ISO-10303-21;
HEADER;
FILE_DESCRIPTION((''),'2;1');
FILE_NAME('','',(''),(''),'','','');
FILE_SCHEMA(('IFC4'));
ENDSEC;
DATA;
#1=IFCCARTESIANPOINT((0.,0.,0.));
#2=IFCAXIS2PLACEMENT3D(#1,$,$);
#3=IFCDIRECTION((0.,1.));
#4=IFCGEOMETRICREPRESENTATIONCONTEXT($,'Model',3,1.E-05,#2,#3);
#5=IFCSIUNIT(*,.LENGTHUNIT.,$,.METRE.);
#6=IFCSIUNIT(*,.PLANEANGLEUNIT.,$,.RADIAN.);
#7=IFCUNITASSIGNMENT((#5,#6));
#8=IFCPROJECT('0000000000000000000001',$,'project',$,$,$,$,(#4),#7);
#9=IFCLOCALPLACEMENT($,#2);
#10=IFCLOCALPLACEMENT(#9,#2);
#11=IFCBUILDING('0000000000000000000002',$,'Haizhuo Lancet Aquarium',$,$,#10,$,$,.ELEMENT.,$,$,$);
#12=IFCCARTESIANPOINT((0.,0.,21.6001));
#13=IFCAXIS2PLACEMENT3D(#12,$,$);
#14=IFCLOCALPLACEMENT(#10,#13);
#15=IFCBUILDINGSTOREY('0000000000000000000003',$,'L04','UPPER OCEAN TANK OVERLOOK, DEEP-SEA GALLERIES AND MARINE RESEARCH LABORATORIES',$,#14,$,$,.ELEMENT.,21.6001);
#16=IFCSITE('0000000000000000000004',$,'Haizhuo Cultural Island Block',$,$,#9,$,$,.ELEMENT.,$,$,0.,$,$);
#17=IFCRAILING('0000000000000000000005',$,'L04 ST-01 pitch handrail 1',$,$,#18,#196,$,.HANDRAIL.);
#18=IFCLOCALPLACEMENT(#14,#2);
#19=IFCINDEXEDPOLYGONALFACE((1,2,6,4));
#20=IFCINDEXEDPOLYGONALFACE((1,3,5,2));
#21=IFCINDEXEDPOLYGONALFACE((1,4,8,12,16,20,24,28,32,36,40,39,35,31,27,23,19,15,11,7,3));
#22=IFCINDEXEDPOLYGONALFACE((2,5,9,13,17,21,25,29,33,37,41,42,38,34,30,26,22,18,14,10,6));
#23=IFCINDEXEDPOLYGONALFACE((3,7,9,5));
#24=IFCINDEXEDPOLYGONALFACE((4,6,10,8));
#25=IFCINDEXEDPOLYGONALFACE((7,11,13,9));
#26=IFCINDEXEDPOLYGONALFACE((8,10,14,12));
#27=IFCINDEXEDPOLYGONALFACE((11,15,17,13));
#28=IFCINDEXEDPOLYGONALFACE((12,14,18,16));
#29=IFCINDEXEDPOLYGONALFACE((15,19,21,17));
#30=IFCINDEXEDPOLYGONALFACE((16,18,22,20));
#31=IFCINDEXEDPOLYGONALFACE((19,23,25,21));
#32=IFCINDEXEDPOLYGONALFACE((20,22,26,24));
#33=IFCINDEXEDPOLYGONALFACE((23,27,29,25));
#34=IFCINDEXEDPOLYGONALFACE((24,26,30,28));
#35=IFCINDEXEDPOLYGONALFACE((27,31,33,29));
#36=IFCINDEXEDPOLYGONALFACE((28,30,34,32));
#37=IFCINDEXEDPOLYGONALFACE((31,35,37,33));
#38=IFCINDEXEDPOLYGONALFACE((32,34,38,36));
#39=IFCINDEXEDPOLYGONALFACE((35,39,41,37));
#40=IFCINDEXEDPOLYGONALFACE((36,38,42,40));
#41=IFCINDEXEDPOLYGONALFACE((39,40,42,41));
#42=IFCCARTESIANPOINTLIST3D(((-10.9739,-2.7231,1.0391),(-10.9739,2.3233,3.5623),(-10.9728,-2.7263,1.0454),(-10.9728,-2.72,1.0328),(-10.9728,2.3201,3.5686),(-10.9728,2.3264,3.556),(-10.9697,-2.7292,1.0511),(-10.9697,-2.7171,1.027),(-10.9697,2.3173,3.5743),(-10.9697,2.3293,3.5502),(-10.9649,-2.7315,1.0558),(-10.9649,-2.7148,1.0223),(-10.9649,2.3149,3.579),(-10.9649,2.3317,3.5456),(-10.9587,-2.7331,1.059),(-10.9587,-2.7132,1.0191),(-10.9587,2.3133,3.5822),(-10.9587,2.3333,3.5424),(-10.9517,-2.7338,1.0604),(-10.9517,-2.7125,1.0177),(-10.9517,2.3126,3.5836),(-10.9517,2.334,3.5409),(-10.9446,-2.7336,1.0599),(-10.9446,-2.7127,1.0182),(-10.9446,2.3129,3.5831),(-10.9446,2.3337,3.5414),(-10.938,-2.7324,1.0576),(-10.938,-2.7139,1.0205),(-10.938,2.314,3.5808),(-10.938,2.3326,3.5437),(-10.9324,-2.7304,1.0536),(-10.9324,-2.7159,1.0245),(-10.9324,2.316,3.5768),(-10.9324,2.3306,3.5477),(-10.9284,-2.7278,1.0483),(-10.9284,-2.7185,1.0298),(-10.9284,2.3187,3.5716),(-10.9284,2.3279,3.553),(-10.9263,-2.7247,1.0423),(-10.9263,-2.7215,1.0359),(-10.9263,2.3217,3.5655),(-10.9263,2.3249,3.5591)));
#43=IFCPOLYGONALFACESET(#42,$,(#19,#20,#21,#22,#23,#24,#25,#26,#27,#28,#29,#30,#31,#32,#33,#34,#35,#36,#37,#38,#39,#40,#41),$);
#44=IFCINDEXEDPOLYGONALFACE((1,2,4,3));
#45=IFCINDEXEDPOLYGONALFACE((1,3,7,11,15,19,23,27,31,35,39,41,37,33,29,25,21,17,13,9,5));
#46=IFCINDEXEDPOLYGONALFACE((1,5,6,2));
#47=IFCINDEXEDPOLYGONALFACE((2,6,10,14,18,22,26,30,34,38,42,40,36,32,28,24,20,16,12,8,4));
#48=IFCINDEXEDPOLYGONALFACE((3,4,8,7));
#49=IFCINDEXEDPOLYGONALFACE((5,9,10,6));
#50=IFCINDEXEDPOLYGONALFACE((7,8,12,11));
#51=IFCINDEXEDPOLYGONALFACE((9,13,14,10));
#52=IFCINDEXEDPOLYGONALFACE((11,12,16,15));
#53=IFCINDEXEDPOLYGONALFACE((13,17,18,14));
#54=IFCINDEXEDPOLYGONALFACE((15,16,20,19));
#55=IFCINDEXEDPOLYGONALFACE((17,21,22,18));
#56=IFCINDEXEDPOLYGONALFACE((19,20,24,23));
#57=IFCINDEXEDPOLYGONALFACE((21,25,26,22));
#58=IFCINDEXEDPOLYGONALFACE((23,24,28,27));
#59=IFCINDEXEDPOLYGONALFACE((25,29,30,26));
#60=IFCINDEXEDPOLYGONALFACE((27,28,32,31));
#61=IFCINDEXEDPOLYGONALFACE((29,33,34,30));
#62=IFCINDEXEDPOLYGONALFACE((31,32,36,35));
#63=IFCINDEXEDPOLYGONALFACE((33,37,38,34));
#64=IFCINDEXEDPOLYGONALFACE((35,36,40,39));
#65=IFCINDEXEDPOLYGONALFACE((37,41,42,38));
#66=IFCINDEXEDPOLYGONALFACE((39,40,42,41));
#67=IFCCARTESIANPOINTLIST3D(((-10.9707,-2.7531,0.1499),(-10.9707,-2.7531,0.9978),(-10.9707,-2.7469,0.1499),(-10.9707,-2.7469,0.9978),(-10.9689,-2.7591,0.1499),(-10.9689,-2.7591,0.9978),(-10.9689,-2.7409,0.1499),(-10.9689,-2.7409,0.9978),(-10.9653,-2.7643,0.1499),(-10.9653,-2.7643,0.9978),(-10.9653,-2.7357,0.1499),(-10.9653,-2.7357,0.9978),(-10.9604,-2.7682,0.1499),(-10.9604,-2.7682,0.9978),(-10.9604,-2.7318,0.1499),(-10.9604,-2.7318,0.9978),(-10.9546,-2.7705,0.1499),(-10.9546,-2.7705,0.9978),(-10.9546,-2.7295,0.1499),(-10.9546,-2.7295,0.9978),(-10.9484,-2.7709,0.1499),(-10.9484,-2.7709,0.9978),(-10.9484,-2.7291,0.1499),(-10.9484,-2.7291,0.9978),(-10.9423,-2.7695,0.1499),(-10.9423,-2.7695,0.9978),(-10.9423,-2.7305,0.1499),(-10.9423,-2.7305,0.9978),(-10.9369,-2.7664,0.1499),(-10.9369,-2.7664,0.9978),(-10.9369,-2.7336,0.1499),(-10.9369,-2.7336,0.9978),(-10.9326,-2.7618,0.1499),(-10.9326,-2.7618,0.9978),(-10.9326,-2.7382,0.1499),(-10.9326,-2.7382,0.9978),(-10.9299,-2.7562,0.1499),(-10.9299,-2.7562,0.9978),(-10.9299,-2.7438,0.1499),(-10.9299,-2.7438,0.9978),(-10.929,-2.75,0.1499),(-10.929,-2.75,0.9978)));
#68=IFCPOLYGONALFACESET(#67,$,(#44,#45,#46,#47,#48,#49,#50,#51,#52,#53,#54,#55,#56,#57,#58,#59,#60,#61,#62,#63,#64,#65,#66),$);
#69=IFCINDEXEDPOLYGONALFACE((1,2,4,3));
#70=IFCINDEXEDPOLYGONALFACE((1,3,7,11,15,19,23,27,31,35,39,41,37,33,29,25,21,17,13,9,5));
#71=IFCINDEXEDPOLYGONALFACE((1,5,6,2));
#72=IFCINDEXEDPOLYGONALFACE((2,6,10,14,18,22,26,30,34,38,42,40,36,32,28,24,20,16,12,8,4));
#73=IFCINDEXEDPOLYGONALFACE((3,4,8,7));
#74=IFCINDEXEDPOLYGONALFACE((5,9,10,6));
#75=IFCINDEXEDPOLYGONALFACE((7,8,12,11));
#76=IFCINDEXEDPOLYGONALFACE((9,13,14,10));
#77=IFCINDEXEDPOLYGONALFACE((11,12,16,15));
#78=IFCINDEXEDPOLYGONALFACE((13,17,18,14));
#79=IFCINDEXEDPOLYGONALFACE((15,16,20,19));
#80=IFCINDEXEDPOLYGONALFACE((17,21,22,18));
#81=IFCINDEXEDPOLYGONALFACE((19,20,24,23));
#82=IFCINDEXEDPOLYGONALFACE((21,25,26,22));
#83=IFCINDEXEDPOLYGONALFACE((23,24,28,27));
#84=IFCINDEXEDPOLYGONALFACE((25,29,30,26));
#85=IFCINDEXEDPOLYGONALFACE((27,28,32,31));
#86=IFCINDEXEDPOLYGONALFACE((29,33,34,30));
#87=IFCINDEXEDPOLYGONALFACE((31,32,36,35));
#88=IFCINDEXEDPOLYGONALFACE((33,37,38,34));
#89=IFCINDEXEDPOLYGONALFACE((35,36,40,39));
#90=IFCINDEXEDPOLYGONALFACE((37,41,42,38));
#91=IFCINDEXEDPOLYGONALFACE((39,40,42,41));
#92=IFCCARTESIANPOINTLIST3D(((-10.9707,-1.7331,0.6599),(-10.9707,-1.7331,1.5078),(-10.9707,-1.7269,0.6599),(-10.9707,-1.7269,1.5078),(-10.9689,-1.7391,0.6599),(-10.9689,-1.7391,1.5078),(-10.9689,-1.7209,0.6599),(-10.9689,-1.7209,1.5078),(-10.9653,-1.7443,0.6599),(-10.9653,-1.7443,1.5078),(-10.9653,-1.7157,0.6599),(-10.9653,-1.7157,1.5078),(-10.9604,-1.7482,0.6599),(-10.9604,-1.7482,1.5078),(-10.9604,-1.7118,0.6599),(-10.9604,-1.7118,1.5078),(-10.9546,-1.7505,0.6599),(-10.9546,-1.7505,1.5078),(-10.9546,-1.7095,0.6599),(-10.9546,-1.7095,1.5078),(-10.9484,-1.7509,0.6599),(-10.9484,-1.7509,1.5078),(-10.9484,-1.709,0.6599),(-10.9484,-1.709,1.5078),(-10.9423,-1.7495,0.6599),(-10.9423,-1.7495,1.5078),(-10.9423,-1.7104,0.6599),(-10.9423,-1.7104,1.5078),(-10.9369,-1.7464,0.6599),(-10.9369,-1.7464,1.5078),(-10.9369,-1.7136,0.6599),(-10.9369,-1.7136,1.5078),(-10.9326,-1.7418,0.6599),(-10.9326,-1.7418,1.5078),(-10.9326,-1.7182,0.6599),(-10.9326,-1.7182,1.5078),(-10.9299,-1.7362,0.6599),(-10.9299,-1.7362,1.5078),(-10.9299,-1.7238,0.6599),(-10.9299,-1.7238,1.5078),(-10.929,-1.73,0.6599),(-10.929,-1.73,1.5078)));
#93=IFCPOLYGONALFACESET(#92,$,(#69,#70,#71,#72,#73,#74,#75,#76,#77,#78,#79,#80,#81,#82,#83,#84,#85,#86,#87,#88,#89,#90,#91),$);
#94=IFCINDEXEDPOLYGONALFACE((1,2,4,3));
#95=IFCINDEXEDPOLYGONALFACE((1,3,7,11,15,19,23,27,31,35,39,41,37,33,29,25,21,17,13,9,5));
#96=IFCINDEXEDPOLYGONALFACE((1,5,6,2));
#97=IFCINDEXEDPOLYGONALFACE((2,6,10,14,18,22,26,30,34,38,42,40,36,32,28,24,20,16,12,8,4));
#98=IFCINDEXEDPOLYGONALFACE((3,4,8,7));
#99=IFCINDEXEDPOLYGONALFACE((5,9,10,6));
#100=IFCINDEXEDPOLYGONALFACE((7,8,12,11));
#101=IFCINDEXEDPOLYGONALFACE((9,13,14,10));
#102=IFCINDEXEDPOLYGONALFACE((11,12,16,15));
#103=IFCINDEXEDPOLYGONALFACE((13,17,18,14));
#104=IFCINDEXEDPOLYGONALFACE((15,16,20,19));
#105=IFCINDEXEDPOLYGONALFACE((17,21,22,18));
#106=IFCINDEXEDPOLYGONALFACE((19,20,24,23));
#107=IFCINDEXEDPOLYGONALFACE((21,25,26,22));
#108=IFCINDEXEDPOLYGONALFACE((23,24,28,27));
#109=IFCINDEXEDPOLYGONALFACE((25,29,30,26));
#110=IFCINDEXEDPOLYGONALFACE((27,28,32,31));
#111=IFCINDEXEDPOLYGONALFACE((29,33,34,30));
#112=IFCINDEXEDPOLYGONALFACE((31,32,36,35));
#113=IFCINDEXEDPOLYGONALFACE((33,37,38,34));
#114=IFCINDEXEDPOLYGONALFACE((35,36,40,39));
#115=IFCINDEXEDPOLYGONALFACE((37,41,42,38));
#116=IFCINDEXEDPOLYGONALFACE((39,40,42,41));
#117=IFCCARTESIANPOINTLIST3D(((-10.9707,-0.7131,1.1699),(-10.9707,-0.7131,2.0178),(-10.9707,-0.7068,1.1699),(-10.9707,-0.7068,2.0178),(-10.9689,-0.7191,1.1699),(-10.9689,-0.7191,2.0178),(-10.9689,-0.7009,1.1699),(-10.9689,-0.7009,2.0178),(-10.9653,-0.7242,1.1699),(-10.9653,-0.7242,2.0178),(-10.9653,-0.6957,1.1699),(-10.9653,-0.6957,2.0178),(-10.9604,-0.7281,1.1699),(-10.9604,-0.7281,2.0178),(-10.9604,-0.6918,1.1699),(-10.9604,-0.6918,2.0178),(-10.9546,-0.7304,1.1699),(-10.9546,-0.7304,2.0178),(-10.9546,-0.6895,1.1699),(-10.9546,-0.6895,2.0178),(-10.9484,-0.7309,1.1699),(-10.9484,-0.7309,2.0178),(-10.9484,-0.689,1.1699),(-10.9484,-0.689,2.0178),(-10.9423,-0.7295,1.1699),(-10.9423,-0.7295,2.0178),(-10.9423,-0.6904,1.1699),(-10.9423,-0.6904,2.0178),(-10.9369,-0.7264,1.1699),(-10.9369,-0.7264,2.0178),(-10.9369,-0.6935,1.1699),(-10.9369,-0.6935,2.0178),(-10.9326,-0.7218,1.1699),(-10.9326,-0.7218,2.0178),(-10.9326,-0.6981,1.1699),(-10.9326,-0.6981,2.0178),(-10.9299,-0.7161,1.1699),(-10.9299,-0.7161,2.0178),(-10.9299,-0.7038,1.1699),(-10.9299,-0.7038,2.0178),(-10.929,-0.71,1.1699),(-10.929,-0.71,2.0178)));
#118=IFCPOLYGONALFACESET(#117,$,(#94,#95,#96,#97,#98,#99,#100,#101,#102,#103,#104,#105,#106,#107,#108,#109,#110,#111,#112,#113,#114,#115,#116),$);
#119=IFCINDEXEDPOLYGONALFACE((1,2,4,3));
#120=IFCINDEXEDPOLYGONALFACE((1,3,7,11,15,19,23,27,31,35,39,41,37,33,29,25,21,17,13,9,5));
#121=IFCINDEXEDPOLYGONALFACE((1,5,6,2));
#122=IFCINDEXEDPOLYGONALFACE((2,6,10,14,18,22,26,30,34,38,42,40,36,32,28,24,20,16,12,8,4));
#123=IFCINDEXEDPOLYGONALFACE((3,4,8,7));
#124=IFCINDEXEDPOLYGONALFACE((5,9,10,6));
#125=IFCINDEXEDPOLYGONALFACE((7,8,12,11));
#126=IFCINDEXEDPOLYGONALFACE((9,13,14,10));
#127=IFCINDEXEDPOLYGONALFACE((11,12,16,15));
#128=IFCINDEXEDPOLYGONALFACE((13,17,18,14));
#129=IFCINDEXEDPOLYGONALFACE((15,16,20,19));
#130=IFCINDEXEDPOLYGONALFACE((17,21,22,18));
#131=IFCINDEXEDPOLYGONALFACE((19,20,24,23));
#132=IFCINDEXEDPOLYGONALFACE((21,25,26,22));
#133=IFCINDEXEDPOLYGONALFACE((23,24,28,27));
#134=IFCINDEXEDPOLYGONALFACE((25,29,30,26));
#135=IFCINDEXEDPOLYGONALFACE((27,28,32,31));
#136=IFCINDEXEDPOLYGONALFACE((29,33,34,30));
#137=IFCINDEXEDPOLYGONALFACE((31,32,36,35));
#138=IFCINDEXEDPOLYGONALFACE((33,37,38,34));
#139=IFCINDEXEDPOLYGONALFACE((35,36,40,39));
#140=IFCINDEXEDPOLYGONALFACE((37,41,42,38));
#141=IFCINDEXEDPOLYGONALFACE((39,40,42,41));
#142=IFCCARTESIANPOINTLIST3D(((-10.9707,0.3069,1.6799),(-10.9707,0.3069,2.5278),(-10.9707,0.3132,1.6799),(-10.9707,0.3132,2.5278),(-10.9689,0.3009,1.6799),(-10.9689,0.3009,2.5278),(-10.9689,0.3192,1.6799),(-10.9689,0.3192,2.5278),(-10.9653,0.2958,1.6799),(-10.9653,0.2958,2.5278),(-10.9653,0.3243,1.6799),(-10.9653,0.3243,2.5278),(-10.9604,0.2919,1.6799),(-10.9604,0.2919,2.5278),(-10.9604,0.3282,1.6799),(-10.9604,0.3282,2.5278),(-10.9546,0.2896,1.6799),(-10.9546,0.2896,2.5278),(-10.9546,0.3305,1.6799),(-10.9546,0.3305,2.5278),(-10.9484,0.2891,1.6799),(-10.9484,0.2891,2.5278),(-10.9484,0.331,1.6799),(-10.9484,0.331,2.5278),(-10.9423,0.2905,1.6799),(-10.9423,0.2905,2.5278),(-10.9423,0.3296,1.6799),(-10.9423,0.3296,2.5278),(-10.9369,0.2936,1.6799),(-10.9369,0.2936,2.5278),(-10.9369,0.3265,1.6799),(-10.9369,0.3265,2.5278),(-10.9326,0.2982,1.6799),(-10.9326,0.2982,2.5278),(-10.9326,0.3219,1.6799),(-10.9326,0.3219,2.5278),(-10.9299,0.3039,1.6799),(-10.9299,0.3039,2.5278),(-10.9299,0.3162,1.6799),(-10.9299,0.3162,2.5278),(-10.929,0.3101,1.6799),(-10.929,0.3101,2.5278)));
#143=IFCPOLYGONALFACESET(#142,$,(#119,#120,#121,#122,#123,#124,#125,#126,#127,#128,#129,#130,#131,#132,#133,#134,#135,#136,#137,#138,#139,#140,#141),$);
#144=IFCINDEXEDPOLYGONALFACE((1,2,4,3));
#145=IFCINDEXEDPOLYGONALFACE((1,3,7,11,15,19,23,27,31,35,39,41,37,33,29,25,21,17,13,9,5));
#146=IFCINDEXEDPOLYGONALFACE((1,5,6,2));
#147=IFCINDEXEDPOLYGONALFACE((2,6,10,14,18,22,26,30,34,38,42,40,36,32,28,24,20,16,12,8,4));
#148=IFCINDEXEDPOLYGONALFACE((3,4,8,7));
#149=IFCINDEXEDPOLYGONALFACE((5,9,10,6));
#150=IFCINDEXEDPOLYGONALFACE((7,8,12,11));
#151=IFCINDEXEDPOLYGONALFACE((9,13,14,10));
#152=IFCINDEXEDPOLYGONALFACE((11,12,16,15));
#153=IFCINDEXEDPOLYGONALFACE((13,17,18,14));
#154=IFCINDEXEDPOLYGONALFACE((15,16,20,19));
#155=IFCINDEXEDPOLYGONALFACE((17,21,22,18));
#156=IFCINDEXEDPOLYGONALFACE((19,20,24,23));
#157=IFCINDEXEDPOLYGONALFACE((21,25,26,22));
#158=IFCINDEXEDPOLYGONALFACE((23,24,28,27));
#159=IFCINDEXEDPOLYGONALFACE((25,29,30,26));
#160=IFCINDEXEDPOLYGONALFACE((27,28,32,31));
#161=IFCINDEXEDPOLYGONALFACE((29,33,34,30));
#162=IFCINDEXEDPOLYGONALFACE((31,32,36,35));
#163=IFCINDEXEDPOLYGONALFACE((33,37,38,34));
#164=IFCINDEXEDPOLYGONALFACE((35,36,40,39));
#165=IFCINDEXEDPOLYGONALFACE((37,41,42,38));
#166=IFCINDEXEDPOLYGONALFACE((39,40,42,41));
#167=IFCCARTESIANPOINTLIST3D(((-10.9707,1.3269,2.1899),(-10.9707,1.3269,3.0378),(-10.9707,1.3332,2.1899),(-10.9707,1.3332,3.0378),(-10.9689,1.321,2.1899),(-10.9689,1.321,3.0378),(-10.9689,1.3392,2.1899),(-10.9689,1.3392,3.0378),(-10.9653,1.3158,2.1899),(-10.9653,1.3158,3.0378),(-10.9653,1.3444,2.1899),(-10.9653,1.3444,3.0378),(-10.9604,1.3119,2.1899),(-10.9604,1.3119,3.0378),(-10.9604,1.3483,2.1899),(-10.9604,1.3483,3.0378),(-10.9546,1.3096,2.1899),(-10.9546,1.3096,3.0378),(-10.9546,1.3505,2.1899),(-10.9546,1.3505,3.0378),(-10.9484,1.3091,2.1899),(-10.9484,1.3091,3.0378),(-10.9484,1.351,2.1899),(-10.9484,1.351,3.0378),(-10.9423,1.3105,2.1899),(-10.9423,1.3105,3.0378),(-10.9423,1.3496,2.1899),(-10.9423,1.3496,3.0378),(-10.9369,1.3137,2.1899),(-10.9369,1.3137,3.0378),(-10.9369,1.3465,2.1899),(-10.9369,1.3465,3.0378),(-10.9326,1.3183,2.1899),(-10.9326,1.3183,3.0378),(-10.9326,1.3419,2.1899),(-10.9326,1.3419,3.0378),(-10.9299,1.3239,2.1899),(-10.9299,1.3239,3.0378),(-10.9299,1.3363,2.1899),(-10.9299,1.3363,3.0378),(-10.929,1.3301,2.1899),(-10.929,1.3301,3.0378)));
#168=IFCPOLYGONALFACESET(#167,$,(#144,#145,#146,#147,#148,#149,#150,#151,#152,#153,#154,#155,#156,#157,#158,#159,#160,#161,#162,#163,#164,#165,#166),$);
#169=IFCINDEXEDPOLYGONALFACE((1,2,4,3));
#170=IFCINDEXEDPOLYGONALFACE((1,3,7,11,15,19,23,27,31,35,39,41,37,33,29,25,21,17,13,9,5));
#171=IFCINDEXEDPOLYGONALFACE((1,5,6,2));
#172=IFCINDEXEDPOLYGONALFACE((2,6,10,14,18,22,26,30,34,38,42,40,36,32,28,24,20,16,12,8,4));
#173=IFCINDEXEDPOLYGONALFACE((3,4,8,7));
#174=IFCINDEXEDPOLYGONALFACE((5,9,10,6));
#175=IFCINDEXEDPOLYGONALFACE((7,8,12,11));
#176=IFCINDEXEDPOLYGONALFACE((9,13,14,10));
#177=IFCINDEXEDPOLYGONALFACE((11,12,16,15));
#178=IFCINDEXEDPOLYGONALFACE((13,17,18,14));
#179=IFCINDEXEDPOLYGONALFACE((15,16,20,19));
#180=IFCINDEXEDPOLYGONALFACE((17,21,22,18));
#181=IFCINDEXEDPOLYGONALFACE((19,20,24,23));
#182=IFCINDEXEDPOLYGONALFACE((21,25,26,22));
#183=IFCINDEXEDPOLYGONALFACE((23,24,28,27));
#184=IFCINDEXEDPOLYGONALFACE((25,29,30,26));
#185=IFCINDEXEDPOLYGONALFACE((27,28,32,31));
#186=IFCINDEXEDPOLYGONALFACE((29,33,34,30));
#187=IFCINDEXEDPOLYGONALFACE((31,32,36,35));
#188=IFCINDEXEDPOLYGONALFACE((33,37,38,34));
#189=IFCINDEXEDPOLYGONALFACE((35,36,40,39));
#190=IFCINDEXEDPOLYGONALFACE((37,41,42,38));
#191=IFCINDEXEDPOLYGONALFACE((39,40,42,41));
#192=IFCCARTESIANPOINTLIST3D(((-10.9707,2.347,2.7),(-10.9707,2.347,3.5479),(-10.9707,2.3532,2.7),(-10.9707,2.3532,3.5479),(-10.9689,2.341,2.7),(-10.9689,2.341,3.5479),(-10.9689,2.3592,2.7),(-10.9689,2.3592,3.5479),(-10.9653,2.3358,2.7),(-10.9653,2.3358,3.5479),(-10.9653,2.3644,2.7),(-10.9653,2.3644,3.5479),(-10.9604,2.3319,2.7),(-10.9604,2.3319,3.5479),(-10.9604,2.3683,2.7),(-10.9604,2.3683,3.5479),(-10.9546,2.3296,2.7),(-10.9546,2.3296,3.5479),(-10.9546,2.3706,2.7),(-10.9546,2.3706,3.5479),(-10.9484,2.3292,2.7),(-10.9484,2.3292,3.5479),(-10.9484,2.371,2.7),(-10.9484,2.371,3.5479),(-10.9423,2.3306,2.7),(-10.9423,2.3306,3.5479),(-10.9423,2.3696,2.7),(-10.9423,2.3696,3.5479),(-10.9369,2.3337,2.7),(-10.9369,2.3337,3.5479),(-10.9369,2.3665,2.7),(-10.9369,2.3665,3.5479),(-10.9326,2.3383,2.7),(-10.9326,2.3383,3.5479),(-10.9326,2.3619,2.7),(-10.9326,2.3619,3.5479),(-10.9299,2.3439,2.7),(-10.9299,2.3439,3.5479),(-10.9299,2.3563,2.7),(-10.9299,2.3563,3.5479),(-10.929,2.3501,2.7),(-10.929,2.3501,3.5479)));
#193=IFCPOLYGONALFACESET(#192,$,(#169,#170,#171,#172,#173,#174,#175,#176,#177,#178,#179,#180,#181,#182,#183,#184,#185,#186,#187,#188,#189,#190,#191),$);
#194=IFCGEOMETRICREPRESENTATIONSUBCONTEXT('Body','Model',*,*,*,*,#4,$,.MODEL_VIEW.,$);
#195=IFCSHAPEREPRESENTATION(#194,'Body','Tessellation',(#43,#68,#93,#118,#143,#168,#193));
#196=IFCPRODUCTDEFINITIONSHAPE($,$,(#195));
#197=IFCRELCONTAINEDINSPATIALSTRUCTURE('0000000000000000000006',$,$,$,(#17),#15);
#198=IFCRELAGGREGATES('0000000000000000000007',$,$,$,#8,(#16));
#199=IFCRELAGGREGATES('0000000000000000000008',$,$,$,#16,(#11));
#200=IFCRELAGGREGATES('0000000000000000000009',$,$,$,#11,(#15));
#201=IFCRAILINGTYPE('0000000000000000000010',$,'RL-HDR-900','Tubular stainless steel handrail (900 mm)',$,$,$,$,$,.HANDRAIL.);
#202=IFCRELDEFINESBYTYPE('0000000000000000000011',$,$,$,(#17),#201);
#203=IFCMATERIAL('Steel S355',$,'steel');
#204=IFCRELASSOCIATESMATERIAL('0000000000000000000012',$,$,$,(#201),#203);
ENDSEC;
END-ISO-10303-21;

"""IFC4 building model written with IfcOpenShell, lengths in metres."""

from ifc_helpers import new_model, si_unit, direction, frame, origin, origin_2d, place, context, subcontext, project, spatial, circle, extrude, material, type_object, element, save


model = new_model("IFC4")

# Units and contexts
model_context = context("Model", 3, precision=1e-05, world=origin(), true_north=direction((0.0, 1.0)))
body_context = subcontext(model_context, "Body", "Model", "MODEL_VIEW")
ifc_project = project(units=[si_unit("LENGTHUNIT", "METRE"), si_unit("PLANEANGLEUNIT", "RADIAN")], contexts=[model_context])

# Site, building, storey
site_placement = place(None, origin())
site = spatial("IfcSite", under=ifc_project, at=site_placement, Name="Haizhuo Cultural Island Block", CompositionType="ELEMENT", RefElevation=0.0)
building_placement = place(site_placement, origin())
building = spatial("IfcBuilding", under=site, at=building_placement, Name="Haizhuo Lancet Aquarium", CompositionType="ELEMENT")
storey_placement = place(building_placement, frame((0.0, 0.0, 21.6001)))
storey = spatial("IfcBuildingStorey", under=building, at=storey_placement, Name="L04", Description="UPPER OCEAN TANK OVERLOOK, DEEP-SEA GALLERIES AND MARINE RESEARCH LABORATORIES", CompositionType="ELEMENT", Elevation=21.6001)

# Shared definitions
ifc_material_1 = material(Name="Steel S355", Category="steel")

# Railing
railing_type_1 = type_object("IfcRailingType", Name="RL-HDR-900", Description="Tubular stainless steel handrail (900 mm)", PredefinedType="HANDRAIL", material=ifc_material_1)
railing_1_placement = place(storey_placement, frame((-10.95, -2.75, 0.1499)))
element("IfcRailing", 1, at=railing_1_placement, inside=storey, type_object=railing_type_1, Name="L04 ST-01 pitch handrail 1", PredefinedType="HANDRAIL", context=body_context, shape_type="SweptSolid", body=[
    extrude(circle(Radius=0.0239, at=origin_2d()), frame((0.0, 0.0269, 0.8892), z_axis=(0.0, 0.894427, 0.447214), x_axis=(-1.0, 0.0, 0.0)), (0.0, 0.0, 1.0), 5.6421),
    extrude(circle(Radius=0.021, at=origin_2d()), origin(), (0.0, 0.0, 1.0), 0.8479),
    extrude(circle(Radius=0.021, at=origin_2d()), frame((0.0, 1.02, 0.51)), (0.0, 0.0, 1.0), 0.8479),
    extrude(circle(Radius=0.021, at=origin_2d()), frame((0.0, 2.04, 1.02)), (0.0, 0.0, 1.0), 0.8479),
    extrude(circle(Radius=0.021, at=origin_2d()), frame((0.0, 3.0601, 1.53)), (0.0, 0.0, 1.0), 0.8479),
    extrude(circle(Radius=0.021, at=origin_2d()), frame((0.0, 4.0801, 2.04)), (0.0, 0.0, 1.0), 0.8479),
    extrude(circle(Radius=0.021, at=origin_2d()), frame((0.0, 5.1001, 2.55)), (0.0, 0.0, 1.0), 0.8479),
])

save(model, "model.ifc")
